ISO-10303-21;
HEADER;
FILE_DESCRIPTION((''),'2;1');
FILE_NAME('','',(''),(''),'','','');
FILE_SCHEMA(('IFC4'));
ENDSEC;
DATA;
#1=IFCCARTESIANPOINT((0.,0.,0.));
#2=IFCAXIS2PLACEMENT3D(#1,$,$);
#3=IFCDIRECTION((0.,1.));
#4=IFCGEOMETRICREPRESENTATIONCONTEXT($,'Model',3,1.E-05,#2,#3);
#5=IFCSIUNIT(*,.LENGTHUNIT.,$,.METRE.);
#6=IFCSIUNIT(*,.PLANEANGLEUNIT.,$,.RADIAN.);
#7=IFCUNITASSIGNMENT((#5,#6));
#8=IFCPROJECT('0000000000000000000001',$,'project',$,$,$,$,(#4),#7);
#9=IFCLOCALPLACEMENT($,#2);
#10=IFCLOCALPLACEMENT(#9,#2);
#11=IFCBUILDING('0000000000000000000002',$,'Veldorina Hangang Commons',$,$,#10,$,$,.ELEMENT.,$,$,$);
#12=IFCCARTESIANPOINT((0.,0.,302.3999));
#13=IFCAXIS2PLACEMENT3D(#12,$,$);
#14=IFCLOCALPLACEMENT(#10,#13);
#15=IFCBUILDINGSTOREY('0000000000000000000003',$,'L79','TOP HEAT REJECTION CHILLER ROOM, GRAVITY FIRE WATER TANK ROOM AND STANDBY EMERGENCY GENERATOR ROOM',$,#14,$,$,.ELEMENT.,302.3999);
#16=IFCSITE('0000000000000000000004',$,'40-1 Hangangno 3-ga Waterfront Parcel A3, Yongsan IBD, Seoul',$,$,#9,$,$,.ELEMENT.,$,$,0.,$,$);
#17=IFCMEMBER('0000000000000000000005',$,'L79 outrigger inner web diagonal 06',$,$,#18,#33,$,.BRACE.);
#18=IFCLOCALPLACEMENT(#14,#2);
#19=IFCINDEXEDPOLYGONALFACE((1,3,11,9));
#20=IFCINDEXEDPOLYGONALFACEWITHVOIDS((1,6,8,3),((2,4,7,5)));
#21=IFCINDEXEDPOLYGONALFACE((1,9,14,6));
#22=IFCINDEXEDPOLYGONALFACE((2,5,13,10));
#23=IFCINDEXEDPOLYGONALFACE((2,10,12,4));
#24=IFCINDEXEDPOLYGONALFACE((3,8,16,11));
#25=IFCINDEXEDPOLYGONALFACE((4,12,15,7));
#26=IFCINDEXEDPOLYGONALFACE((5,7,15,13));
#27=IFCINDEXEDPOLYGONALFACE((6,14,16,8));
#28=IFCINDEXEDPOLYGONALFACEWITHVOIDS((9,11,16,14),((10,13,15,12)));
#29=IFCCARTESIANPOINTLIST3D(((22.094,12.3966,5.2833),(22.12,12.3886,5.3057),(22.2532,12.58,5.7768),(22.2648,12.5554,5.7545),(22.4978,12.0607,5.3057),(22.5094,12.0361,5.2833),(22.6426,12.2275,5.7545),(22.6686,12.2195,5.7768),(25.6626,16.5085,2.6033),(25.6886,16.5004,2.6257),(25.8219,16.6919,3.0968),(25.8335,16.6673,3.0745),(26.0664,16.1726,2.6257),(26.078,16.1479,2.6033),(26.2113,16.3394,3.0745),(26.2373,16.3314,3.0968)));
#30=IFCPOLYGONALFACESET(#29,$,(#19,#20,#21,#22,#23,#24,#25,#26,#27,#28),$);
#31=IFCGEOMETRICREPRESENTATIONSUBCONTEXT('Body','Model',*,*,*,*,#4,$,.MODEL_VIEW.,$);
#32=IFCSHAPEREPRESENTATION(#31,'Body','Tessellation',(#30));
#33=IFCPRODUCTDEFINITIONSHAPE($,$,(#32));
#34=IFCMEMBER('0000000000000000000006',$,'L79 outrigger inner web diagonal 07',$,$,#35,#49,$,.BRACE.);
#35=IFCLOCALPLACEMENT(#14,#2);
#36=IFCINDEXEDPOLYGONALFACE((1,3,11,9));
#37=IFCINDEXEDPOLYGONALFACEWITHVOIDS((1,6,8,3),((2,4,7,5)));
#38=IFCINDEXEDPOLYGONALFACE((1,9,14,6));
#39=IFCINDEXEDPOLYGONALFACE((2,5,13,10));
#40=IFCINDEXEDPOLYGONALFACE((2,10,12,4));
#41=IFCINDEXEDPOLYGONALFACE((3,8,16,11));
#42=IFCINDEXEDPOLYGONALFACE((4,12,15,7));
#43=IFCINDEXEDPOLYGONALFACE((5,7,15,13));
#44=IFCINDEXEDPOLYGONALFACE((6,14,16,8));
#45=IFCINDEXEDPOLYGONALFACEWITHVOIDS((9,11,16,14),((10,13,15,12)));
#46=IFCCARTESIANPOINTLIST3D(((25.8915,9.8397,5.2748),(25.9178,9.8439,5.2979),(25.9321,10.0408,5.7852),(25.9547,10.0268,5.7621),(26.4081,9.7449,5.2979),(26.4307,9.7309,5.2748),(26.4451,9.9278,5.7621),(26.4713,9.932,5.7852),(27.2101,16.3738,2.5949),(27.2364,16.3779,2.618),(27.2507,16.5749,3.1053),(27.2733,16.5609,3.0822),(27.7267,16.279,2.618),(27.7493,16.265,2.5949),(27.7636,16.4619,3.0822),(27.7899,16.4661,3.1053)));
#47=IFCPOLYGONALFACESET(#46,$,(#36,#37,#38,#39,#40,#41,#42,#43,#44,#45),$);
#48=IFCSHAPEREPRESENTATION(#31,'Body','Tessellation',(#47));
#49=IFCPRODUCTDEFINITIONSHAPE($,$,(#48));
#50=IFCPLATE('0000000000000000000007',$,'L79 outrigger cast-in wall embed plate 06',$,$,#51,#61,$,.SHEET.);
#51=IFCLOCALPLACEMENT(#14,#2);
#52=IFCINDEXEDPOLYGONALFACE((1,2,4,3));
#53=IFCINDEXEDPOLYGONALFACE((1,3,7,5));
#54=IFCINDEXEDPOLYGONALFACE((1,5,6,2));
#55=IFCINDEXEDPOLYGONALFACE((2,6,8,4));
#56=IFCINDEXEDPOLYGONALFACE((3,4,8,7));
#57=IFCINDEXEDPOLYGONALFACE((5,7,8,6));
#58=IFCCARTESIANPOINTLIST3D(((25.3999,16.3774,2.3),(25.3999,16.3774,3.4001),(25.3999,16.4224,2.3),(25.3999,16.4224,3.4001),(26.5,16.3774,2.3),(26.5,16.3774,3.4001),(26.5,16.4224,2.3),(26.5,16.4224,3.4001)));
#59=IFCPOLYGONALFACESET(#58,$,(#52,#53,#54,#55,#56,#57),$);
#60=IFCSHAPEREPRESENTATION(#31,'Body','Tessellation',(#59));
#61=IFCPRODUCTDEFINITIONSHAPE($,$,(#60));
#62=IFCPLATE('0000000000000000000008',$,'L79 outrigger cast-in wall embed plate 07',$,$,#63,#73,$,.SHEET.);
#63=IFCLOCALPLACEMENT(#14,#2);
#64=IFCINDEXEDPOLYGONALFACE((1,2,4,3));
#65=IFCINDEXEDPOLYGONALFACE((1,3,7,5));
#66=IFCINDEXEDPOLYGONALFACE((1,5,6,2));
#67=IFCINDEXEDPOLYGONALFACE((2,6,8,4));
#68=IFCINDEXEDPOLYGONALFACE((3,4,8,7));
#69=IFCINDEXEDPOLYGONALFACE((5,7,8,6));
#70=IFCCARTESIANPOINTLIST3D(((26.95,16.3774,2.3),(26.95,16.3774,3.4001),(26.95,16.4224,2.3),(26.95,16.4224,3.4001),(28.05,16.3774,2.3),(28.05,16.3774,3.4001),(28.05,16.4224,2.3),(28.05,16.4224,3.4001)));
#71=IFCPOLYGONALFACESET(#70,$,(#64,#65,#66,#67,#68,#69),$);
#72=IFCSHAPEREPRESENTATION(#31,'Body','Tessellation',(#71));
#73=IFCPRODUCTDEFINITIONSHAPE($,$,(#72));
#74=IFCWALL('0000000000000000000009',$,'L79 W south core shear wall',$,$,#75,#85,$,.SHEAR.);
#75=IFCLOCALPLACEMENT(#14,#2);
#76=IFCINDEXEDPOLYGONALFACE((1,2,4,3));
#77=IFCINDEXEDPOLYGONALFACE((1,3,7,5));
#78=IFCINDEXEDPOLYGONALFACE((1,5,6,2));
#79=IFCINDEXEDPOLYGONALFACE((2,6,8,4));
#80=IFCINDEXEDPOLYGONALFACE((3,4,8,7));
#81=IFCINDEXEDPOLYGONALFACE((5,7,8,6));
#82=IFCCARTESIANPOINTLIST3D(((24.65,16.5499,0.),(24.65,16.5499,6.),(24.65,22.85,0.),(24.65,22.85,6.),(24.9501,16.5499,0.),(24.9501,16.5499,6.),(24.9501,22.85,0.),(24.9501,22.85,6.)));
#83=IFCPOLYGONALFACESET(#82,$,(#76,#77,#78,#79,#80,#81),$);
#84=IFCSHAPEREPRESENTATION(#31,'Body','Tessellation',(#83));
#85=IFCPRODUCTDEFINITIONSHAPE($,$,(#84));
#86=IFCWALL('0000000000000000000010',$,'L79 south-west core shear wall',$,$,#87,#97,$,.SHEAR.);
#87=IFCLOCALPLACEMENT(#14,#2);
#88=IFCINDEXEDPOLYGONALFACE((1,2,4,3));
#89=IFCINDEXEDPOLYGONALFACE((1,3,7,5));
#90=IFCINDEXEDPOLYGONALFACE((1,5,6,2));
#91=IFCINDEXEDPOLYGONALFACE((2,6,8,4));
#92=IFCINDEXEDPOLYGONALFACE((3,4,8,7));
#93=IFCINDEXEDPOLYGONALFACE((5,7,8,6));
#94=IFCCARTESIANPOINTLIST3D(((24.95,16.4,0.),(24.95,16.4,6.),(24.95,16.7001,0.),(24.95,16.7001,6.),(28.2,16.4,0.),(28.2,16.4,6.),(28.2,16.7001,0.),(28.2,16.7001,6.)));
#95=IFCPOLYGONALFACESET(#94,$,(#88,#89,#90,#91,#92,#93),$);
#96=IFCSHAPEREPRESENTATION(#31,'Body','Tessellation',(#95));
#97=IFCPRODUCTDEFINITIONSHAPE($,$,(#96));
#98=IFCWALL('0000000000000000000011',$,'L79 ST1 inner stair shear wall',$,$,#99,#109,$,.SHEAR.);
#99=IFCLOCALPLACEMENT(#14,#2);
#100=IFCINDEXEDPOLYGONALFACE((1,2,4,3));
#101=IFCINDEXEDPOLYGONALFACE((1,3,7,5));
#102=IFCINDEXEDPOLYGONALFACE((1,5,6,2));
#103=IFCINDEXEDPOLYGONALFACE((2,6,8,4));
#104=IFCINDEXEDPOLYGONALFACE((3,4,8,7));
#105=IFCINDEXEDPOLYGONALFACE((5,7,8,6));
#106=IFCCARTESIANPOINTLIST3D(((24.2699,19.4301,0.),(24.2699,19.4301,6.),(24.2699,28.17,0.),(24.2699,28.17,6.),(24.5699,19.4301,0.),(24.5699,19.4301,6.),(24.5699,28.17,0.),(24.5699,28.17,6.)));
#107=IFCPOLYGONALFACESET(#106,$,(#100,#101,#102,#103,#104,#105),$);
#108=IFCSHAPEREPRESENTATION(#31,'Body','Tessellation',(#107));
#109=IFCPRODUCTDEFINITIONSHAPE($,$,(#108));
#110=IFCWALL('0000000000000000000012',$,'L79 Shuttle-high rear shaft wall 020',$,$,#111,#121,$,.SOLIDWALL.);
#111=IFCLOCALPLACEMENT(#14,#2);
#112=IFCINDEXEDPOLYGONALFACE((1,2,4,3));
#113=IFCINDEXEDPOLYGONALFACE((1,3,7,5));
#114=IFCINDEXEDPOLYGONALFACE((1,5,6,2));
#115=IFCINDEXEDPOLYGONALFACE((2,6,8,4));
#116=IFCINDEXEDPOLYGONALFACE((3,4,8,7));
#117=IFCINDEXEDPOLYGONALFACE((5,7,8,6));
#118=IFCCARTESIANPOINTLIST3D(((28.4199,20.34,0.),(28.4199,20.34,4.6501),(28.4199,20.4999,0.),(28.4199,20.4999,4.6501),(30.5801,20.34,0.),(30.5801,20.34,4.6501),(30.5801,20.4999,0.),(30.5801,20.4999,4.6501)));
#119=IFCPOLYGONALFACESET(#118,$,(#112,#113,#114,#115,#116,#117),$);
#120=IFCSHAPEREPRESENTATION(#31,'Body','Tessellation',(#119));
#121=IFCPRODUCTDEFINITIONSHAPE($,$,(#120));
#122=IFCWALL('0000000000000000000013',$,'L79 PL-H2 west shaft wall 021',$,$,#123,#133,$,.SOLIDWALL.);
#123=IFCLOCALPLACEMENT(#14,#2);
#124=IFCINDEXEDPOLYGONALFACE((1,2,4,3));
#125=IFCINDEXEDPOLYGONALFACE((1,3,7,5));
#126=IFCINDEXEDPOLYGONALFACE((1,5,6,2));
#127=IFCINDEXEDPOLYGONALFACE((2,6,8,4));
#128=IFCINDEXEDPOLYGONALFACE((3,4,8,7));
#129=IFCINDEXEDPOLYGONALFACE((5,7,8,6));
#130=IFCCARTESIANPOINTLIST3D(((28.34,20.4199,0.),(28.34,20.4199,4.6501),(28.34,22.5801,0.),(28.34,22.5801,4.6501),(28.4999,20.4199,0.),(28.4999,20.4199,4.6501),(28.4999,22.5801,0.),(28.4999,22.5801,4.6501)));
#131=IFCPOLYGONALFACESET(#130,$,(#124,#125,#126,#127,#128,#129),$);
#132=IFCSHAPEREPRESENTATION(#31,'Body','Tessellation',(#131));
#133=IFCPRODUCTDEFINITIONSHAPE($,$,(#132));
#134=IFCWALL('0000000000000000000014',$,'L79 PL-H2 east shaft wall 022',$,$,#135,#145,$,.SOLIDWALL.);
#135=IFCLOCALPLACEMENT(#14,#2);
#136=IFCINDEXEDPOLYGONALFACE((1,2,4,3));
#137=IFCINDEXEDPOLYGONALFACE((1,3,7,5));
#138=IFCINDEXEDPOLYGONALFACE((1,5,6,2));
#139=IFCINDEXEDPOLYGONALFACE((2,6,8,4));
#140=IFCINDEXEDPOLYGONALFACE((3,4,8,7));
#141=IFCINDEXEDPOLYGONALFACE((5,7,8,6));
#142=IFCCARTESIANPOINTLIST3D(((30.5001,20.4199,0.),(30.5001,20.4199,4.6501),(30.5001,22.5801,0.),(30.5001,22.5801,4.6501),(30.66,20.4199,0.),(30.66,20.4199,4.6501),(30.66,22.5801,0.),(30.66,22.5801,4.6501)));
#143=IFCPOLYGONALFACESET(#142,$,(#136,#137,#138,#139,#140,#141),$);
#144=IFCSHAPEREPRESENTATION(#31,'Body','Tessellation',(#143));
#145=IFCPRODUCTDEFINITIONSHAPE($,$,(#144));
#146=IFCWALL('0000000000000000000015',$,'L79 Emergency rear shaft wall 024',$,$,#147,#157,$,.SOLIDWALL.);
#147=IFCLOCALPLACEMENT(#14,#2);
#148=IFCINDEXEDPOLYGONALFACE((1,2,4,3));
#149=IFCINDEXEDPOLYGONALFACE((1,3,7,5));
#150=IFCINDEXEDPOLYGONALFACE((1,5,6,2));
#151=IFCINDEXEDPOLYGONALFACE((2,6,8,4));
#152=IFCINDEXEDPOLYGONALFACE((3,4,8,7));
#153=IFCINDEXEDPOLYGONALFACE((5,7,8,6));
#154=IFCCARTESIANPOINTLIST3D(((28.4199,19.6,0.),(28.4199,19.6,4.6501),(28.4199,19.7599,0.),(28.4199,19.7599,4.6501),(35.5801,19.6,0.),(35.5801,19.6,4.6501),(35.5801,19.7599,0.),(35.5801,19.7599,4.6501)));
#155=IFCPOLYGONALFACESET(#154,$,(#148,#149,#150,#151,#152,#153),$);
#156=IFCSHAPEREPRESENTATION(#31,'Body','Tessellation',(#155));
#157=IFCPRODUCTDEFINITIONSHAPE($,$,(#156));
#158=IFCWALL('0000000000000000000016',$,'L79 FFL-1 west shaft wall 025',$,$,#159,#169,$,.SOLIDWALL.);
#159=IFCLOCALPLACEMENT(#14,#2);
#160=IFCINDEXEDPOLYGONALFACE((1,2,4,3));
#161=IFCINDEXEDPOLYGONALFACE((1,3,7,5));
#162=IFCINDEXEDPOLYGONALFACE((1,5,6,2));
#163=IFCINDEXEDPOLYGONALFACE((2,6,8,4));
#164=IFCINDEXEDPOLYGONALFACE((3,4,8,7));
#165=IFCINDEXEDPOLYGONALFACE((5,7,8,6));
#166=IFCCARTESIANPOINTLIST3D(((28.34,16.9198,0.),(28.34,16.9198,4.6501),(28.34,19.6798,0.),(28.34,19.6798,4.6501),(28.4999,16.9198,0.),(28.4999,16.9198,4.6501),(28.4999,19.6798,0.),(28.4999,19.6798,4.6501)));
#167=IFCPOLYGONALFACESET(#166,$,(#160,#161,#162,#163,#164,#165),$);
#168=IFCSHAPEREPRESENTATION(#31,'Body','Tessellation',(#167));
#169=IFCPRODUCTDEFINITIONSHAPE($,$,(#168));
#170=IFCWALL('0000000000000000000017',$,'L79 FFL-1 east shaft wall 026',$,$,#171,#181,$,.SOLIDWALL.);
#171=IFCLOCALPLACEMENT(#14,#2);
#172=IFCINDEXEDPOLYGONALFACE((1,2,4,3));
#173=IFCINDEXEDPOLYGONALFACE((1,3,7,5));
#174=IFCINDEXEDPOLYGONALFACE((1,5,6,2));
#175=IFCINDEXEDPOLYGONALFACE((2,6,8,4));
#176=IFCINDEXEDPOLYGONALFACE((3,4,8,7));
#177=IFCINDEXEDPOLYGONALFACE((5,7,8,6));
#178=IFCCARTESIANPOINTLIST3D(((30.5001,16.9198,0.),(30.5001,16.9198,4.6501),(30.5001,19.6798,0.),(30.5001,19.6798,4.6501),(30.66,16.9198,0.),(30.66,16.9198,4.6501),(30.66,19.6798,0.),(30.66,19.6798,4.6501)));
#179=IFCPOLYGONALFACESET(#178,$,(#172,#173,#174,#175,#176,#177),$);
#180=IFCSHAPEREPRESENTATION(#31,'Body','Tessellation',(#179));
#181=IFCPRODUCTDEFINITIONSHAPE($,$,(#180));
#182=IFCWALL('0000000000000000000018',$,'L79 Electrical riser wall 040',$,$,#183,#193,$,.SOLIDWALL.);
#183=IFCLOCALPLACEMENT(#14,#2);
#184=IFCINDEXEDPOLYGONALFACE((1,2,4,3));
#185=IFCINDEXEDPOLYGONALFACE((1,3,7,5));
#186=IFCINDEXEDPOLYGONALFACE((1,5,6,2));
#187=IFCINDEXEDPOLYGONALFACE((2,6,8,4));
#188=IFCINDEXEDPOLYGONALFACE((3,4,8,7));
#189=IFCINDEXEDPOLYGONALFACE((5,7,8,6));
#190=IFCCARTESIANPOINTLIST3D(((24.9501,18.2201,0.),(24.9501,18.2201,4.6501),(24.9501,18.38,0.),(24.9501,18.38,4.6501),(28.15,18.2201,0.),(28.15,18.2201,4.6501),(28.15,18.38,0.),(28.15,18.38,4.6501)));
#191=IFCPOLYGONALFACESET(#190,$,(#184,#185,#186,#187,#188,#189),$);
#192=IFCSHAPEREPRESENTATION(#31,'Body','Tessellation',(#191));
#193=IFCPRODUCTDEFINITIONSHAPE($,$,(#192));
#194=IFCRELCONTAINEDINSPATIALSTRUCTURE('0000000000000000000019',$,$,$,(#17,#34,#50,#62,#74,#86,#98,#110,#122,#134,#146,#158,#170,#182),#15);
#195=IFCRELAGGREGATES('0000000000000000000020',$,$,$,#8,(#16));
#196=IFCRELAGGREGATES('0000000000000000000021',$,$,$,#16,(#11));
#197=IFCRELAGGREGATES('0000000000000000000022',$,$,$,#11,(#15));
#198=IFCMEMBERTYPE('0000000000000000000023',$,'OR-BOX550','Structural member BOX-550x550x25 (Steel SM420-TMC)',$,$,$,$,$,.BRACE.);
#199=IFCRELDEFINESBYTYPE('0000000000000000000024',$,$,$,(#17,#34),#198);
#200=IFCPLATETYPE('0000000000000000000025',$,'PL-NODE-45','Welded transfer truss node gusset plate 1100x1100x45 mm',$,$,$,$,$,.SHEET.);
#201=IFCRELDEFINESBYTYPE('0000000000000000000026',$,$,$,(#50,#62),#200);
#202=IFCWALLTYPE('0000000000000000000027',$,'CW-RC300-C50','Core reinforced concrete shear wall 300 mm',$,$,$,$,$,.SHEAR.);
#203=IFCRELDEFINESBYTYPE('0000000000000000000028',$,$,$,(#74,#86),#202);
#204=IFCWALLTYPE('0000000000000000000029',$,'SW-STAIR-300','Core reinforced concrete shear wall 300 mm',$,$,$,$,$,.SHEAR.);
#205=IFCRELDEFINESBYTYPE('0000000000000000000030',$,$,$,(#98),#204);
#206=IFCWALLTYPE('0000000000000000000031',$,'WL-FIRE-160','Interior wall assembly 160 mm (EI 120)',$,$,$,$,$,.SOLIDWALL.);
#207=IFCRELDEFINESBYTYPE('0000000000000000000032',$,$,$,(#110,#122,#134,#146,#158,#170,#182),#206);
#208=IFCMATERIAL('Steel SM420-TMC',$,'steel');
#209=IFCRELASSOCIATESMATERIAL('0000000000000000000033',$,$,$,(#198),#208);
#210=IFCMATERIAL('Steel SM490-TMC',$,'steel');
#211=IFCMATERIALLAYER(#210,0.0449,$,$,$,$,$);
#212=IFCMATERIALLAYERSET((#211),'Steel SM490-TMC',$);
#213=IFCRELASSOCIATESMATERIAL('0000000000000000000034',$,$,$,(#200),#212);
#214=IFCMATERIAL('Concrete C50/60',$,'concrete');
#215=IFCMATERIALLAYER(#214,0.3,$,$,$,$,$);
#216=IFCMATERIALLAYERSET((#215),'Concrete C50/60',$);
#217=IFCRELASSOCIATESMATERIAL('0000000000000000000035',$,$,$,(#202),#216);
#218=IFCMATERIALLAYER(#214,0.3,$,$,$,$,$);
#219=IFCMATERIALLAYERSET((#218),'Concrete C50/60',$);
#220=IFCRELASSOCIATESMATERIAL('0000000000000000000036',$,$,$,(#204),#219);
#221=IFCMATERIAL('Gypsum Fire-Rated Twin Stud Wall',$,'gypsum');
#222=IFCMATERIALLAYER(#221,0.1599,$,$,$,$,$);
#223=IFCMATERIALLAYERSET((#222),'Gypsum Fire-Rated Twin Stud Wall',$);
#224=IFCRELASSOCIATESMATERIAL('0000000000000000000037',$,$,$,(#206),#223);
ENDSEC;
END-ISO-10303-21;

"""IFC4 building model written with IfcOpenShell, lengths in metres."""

from ifc_helpers import new_model, si_unit, direction, frame, frame_2d, origin, origin_2d, place, context, subcontext, project, spatial, rectangle, hollow_rectangle, extrude, material, layer, layer_set, material_profile, profile_set, type_object, element, save


model = new_model("IFC4")

# Units and contexts
model_context = context("Model", 3, precision=1e-05, world=origin(), true_north=direction((0.0, 1.0)))
body_context = subcontext(model_context, "Body", "Model", "MODEL_VIEW")
ifc_project = project(units=[si_unit("LENGTHUNIT", "METRE"), si_unit("PLANEANGLEUNIT", "RADIAN")], contexts=[model_context])

# Site, building, storey
site_placement = place(None, origin())
site = spatial("IfcSite", under=ifc_project, at=site_placement, Name="40-1 Hangangno 3-ga Waterfront Parcel A3, Yongsan IBD, Seoul", CompositionType="ELEMENT", RefElevation=0.0)
building_placement = place(site_placement, origin())
building = spatial("IfcBuilding", under=site, at=building_placement, Name="Veldorina Hangang Commons", CompositionType="ELEMENT")
storey_placement = place(building_placement, frame((0.0, 0.0, 302.3999)))
storey = spatial("IfcBuildingStorey", under=building, at=storey_placement, Name="L79", Description="TOP HEAT REJECTION CHILLER ROOM, GRAVITY FIRE WATER TANK ROOM AND STANDBY EMERGENCY GENERATOR ROOM", CompositionType="ELEMENT", Elevation=302.3999)

# Shared definitions
ifc_material_1 = material(Name="Concrete C50/60", Category="concrete")

# Members
ifc_material_2 = material(Name="Steel SM420-TMC", Category="steel")
ifc_material_profile_1 = material_profile(ifc_material_2, hollow_rectangle(XDim=0.55, YDim=0.55, WallThickness=0.0249, at=origin_2d()), Name="BOX-550x550x25")
ifc_profile_set_1 = profile_set([ifc_material_profile_1], Name="Steel SM420-TMC")
member_type = type_object("IfcMemberType", Name="OR-BOX550", Description="Structural member BOX-550x550x25 (Steel SM420-TMC)", PredefinedType="BRACE", material=ifc_profile_set_1)
member_1_placement = place(storey_placement, frame((25.95, 16.4199, 2.8501), z_axis=(-0.588075, -0.677592, 0.44163), x_axis=(0.755232, -0.655458, 0.0)))
element("IfcMember", 1, at=member_1_placement, inside=storey, type_object=member_type, Name="L79 outrigger inner web diagonal 06", PredefinedType="BRACE", context=body_context, shape_type="SweptSolid", body=[
    extrude(hollow_rectangle(XDim=0.55, YDim=0.55, WallThickness=0.0249, at=origin_2d()), origin(), (0.0, 0.0, 1.0), 6.0684),
])
member_2_placement = place(storey_placement, frame((27.5, 16.4199, 2.8501), z_axis=(-0.183536, -0.90949, 0.373019), x_axis=(0.98024, -0.197813, 0.0)))
element("IfcMember", 2, at=member_2_placement, inside=storey, type_object=member_type, Name="L79 outrigger inner web diagonal 07", PredefinedType="BRACE", context=body_context, shape_type="SweptSolid", body=[
    extrude(hollow_rectangle(XDim=0.55, YDim=0.55, WallThickness=0.0249, at=origin_2d()), origin(), (0.0, 0.0, 1.0), 7.1843),
])

# Plates
ifc_material_3 = material(Name="Steel SM490-TMC", Category="steel")
ifc_layer_1 = layer(ifc_material_3, 0.0449)
ifc_layer_set_1 = layer_set([ifc_layer_1], Name="Steel SM490-TMC")
plate_type = type_object("IfcPlateType", Name="PL-NODE-45", Description="Welded transfer truss node gusset plate 1100x1100x45 mm", PredefinedType="SHEET", material=ifc_layer_set_1)
for number, where, z_axis, x_axis, name in (
    (3, (25.95, 16.3999, 2.3), (0.0, 0.0, 1.0), (1.0, 0.0, 0.0), "L79 outrigger cast-in wall embed plate 06"),
    (4, (27.5, 16.3999, 2.3), (0.0, 0.0, 1.0), (1.0, 0.0, 0.0), "L79 outrigger cast-in wall embed plate 07"),
):
    element("IfcPlate", number, at=place(storey_placement, frame(where, z_axis=z_axis, x_axis=x_axis)), inside=storey, type_object=plate_type, Name=name, PredefinedType="SHEET", context=body_context, shape_type="SweptSolid", body=[
        extrude(rectangle(XDim=1.1001, YDim=0.0449, at=origin_2d()), origin(), (0.0, 0.0, 1.0), 1.1001),
    ])

# Walls
ifc_layer_2 = layer(ifc_material_1, 0.3)
ifc_layer_set_2 = layer_set([ifc_layer_2], Name="Concrete C50/60")
wall_type_1 = type_object("IfcWallType", Name="CW-RC300-C50", Description="Core reinforced concrete shear wall 300 mm", PredefinedType="SHEAR", material=ifc_layer_set_2)
wall_1_placement = place(storey_placement, frame((24.8, 16.55, 0.0), z_axis=(0.0, 0.0, 1.0), x_axis=(0.0, 1.0, 0.0)))
element("IfcWall", 5, at=wall_1_placement, inside=storey, type_object=wall_type_1, Name="L79 W south core shear wall", PredefinedType="SHEAR", context=body_context, shape_type="SweptSolid", body=[
    extrude(rectangle(XDim=6.3, YDim=0.3, at=frame_2d((3.1499, 0.0))), origin(), (0.0, 0.0, 1.0), 6.0),
])
wall_2_placement = place(storey_placement, frame((24.95, 16.55, 0.0), z_axis=(0.0, 0.0, 1.0), x_axis=(1.0, 0.0, 0.0)))
element("IfcWall", 6, at=wall_2_placement, inside=storey, type_object=wall_type_1, Name="L79 south-west core shear wall", PredefinedType="SHEAR", context=body_context, shape_type="SweptSolid", body=[
    extrude(rectangle(XDim=3.25, YDim=0.3, at=frame_2d((1.625, 0.0))), origin(), (0.0, 0.0, 1.0), 6.0),
])
ifc_layer_3 = layer(ifc_material_1, 0.3)
ifc_layer_set_3 = layer_set([ifc_layer_3], Name="Concrete C50/60")
wall_type_2 = type_object("IfcWallType", Name="SW-STAIR-300", Description="Core reinforced concrete shear wall 300 mm", PredefinedType="SHEAR", material=ifc_layer_set_3)
wall_3_placement = place(storey_placement, frame((24.4199, 19.4299, 0.0), z_axis=(0.0, 0.0, 1.0), x_axis=(0.0, 1.0, 0.0)))
element("IfcWall", 7, at=wall_3_placement, inside=storey, type_object=wall_type_2, Name="L79 ST1 inner stair shear wall", PredefinedType="SHEAR", context=body_context, shape_type="SweptSolid", body=[
    extrude(rectangle(XDim=8.74, YDim=0.3, at=frame_2d((4.3701, 0.0))), origin(), (0.0, 0.0, 1.0), 6.0),
])
ifc_material_4 = material(Name="Gypsum Fire-Rated Twin Stud Wall", Category="gypsum")
ifc_layer_4 = layer(ifc_material_4, 0.1599)
ifc_layer_set_4 = layer_set([ifc_layer_4], Name="Gypsum Fire-Rated Twin Stud Wall")
wall_type_3 = type_object("IfcWallType", Name="WL-FIRE-160", Description="Interior wall assembly 160 mm (EI 120)", PredefinedType="SOLIDWALL", material=ifc_layer_set_4)
for number, where, z_axis, x_axis, name in (
    (8, (28.4199, 20.4199, 0.0), (0.0, 0.0, 1.0), (1.0, 0.0, 0.0), "L79 Shuttle-high rear shaft wall 020"),
    (9, (28.4199, 20.4199, 0.0), (0.0, 0.0, 1.0), (0.0, 1.0, 0.0), "L79 PL-H2 west shaft wall 021"),
    (10, (30.5801, 20.4199, 0.0), (0.0, 0.0, 1.0), (0.0, 1.0, 0.0), "L79 PL-H2 east shaft wall 022"),
):
    element("IfcWall", number, at=place(storey_placement, frame(where, z_axis=z_axis, x_axis=x_axis)), inside=storey, type_object=wall_type_3, Name=name, PredefinedType="SOLIDWALL", context=body_context, shape_type="SweptSolid", body=[
        extrude(rectangle(XDim=2.1602, YDim=0.1599, at=frame_2d((1.0801, 0.0))), origin(), (0.0, 0.0, 1.0), 4.6501),
    ])

# Walls
wall_4_placement = place(storey_placement, frame((28.4199, 19.6799, 0.0), z_axis=(0.0, 0.0, 1.0), x_axis=(1.0, 0.0, 0.0)))
element("IfcWall", 11, at=wall_4_placement, inside=storey, type_object=wall_type_3, Name="L79 Emergency rear shaft wall 024", PredefinedType="SOLIDWALL", context=body_context, shape_type="SweptSolid", body=[
    extrude(rectangle(XDim=7.1602, YDim=0.1599, at=frame_2d((3.5801, 0.0))), origin(), (0.0, 0.0, 1.0), 4.6501),
])
for number, where, z_axis, x_axis, name in (
    (12, (28.4199, 16.9199, 0.0), (0.0, 0.0, 1.0), (0.0, 1.0, 0.0), "L79 FFL-1 west shaft wall 025"),
    (13, (30.5801, 16.9199, 0.0), (0.0, 0.0, 1.0), (0.0, 1.0, 0.0), "L79 FFL-1 east shaft wall 026"),
):
    element("IfcWall", number, at=place(storey_placement, frame(where, z_axis=z_axis, x_axis=x_axis)), inside=storey, type_object=wall_type_3, Name=name, PredefinedType="SOLIDWALL", context=body_context, shape_type="SweptSolid", body=[
        extrude(rectangle(XDim=2.76, YDim=0.1599, at=frame_2d((1.3799, 0.0))), origin(), (0.0, 0.0, 1.0), 4.6501),
    ])
wall_5_placement = place(storey_placement, frame((24.95, 18.3, 0.0), z_axis=(0.0, 0.0, 1.0), x_axis=(1.0, 0.0, 0.0)))
element("IfcWall", 14, at=wall_5_placement, inside=storey, type_object=wall_type_3, Name="L79 Electrical riser wall 040", PredefinedType="SOLIDWALL", context=body_context, shape_type="SweptSolid", body=[
    extrude(rectangle(XDim=3.2, YDim=0.1599, at=frame_2d((1.6001, 0.0))), origin(), (0.0, 0.0, 1.0), 4.6501),
])

save(model, "model.ifc")
